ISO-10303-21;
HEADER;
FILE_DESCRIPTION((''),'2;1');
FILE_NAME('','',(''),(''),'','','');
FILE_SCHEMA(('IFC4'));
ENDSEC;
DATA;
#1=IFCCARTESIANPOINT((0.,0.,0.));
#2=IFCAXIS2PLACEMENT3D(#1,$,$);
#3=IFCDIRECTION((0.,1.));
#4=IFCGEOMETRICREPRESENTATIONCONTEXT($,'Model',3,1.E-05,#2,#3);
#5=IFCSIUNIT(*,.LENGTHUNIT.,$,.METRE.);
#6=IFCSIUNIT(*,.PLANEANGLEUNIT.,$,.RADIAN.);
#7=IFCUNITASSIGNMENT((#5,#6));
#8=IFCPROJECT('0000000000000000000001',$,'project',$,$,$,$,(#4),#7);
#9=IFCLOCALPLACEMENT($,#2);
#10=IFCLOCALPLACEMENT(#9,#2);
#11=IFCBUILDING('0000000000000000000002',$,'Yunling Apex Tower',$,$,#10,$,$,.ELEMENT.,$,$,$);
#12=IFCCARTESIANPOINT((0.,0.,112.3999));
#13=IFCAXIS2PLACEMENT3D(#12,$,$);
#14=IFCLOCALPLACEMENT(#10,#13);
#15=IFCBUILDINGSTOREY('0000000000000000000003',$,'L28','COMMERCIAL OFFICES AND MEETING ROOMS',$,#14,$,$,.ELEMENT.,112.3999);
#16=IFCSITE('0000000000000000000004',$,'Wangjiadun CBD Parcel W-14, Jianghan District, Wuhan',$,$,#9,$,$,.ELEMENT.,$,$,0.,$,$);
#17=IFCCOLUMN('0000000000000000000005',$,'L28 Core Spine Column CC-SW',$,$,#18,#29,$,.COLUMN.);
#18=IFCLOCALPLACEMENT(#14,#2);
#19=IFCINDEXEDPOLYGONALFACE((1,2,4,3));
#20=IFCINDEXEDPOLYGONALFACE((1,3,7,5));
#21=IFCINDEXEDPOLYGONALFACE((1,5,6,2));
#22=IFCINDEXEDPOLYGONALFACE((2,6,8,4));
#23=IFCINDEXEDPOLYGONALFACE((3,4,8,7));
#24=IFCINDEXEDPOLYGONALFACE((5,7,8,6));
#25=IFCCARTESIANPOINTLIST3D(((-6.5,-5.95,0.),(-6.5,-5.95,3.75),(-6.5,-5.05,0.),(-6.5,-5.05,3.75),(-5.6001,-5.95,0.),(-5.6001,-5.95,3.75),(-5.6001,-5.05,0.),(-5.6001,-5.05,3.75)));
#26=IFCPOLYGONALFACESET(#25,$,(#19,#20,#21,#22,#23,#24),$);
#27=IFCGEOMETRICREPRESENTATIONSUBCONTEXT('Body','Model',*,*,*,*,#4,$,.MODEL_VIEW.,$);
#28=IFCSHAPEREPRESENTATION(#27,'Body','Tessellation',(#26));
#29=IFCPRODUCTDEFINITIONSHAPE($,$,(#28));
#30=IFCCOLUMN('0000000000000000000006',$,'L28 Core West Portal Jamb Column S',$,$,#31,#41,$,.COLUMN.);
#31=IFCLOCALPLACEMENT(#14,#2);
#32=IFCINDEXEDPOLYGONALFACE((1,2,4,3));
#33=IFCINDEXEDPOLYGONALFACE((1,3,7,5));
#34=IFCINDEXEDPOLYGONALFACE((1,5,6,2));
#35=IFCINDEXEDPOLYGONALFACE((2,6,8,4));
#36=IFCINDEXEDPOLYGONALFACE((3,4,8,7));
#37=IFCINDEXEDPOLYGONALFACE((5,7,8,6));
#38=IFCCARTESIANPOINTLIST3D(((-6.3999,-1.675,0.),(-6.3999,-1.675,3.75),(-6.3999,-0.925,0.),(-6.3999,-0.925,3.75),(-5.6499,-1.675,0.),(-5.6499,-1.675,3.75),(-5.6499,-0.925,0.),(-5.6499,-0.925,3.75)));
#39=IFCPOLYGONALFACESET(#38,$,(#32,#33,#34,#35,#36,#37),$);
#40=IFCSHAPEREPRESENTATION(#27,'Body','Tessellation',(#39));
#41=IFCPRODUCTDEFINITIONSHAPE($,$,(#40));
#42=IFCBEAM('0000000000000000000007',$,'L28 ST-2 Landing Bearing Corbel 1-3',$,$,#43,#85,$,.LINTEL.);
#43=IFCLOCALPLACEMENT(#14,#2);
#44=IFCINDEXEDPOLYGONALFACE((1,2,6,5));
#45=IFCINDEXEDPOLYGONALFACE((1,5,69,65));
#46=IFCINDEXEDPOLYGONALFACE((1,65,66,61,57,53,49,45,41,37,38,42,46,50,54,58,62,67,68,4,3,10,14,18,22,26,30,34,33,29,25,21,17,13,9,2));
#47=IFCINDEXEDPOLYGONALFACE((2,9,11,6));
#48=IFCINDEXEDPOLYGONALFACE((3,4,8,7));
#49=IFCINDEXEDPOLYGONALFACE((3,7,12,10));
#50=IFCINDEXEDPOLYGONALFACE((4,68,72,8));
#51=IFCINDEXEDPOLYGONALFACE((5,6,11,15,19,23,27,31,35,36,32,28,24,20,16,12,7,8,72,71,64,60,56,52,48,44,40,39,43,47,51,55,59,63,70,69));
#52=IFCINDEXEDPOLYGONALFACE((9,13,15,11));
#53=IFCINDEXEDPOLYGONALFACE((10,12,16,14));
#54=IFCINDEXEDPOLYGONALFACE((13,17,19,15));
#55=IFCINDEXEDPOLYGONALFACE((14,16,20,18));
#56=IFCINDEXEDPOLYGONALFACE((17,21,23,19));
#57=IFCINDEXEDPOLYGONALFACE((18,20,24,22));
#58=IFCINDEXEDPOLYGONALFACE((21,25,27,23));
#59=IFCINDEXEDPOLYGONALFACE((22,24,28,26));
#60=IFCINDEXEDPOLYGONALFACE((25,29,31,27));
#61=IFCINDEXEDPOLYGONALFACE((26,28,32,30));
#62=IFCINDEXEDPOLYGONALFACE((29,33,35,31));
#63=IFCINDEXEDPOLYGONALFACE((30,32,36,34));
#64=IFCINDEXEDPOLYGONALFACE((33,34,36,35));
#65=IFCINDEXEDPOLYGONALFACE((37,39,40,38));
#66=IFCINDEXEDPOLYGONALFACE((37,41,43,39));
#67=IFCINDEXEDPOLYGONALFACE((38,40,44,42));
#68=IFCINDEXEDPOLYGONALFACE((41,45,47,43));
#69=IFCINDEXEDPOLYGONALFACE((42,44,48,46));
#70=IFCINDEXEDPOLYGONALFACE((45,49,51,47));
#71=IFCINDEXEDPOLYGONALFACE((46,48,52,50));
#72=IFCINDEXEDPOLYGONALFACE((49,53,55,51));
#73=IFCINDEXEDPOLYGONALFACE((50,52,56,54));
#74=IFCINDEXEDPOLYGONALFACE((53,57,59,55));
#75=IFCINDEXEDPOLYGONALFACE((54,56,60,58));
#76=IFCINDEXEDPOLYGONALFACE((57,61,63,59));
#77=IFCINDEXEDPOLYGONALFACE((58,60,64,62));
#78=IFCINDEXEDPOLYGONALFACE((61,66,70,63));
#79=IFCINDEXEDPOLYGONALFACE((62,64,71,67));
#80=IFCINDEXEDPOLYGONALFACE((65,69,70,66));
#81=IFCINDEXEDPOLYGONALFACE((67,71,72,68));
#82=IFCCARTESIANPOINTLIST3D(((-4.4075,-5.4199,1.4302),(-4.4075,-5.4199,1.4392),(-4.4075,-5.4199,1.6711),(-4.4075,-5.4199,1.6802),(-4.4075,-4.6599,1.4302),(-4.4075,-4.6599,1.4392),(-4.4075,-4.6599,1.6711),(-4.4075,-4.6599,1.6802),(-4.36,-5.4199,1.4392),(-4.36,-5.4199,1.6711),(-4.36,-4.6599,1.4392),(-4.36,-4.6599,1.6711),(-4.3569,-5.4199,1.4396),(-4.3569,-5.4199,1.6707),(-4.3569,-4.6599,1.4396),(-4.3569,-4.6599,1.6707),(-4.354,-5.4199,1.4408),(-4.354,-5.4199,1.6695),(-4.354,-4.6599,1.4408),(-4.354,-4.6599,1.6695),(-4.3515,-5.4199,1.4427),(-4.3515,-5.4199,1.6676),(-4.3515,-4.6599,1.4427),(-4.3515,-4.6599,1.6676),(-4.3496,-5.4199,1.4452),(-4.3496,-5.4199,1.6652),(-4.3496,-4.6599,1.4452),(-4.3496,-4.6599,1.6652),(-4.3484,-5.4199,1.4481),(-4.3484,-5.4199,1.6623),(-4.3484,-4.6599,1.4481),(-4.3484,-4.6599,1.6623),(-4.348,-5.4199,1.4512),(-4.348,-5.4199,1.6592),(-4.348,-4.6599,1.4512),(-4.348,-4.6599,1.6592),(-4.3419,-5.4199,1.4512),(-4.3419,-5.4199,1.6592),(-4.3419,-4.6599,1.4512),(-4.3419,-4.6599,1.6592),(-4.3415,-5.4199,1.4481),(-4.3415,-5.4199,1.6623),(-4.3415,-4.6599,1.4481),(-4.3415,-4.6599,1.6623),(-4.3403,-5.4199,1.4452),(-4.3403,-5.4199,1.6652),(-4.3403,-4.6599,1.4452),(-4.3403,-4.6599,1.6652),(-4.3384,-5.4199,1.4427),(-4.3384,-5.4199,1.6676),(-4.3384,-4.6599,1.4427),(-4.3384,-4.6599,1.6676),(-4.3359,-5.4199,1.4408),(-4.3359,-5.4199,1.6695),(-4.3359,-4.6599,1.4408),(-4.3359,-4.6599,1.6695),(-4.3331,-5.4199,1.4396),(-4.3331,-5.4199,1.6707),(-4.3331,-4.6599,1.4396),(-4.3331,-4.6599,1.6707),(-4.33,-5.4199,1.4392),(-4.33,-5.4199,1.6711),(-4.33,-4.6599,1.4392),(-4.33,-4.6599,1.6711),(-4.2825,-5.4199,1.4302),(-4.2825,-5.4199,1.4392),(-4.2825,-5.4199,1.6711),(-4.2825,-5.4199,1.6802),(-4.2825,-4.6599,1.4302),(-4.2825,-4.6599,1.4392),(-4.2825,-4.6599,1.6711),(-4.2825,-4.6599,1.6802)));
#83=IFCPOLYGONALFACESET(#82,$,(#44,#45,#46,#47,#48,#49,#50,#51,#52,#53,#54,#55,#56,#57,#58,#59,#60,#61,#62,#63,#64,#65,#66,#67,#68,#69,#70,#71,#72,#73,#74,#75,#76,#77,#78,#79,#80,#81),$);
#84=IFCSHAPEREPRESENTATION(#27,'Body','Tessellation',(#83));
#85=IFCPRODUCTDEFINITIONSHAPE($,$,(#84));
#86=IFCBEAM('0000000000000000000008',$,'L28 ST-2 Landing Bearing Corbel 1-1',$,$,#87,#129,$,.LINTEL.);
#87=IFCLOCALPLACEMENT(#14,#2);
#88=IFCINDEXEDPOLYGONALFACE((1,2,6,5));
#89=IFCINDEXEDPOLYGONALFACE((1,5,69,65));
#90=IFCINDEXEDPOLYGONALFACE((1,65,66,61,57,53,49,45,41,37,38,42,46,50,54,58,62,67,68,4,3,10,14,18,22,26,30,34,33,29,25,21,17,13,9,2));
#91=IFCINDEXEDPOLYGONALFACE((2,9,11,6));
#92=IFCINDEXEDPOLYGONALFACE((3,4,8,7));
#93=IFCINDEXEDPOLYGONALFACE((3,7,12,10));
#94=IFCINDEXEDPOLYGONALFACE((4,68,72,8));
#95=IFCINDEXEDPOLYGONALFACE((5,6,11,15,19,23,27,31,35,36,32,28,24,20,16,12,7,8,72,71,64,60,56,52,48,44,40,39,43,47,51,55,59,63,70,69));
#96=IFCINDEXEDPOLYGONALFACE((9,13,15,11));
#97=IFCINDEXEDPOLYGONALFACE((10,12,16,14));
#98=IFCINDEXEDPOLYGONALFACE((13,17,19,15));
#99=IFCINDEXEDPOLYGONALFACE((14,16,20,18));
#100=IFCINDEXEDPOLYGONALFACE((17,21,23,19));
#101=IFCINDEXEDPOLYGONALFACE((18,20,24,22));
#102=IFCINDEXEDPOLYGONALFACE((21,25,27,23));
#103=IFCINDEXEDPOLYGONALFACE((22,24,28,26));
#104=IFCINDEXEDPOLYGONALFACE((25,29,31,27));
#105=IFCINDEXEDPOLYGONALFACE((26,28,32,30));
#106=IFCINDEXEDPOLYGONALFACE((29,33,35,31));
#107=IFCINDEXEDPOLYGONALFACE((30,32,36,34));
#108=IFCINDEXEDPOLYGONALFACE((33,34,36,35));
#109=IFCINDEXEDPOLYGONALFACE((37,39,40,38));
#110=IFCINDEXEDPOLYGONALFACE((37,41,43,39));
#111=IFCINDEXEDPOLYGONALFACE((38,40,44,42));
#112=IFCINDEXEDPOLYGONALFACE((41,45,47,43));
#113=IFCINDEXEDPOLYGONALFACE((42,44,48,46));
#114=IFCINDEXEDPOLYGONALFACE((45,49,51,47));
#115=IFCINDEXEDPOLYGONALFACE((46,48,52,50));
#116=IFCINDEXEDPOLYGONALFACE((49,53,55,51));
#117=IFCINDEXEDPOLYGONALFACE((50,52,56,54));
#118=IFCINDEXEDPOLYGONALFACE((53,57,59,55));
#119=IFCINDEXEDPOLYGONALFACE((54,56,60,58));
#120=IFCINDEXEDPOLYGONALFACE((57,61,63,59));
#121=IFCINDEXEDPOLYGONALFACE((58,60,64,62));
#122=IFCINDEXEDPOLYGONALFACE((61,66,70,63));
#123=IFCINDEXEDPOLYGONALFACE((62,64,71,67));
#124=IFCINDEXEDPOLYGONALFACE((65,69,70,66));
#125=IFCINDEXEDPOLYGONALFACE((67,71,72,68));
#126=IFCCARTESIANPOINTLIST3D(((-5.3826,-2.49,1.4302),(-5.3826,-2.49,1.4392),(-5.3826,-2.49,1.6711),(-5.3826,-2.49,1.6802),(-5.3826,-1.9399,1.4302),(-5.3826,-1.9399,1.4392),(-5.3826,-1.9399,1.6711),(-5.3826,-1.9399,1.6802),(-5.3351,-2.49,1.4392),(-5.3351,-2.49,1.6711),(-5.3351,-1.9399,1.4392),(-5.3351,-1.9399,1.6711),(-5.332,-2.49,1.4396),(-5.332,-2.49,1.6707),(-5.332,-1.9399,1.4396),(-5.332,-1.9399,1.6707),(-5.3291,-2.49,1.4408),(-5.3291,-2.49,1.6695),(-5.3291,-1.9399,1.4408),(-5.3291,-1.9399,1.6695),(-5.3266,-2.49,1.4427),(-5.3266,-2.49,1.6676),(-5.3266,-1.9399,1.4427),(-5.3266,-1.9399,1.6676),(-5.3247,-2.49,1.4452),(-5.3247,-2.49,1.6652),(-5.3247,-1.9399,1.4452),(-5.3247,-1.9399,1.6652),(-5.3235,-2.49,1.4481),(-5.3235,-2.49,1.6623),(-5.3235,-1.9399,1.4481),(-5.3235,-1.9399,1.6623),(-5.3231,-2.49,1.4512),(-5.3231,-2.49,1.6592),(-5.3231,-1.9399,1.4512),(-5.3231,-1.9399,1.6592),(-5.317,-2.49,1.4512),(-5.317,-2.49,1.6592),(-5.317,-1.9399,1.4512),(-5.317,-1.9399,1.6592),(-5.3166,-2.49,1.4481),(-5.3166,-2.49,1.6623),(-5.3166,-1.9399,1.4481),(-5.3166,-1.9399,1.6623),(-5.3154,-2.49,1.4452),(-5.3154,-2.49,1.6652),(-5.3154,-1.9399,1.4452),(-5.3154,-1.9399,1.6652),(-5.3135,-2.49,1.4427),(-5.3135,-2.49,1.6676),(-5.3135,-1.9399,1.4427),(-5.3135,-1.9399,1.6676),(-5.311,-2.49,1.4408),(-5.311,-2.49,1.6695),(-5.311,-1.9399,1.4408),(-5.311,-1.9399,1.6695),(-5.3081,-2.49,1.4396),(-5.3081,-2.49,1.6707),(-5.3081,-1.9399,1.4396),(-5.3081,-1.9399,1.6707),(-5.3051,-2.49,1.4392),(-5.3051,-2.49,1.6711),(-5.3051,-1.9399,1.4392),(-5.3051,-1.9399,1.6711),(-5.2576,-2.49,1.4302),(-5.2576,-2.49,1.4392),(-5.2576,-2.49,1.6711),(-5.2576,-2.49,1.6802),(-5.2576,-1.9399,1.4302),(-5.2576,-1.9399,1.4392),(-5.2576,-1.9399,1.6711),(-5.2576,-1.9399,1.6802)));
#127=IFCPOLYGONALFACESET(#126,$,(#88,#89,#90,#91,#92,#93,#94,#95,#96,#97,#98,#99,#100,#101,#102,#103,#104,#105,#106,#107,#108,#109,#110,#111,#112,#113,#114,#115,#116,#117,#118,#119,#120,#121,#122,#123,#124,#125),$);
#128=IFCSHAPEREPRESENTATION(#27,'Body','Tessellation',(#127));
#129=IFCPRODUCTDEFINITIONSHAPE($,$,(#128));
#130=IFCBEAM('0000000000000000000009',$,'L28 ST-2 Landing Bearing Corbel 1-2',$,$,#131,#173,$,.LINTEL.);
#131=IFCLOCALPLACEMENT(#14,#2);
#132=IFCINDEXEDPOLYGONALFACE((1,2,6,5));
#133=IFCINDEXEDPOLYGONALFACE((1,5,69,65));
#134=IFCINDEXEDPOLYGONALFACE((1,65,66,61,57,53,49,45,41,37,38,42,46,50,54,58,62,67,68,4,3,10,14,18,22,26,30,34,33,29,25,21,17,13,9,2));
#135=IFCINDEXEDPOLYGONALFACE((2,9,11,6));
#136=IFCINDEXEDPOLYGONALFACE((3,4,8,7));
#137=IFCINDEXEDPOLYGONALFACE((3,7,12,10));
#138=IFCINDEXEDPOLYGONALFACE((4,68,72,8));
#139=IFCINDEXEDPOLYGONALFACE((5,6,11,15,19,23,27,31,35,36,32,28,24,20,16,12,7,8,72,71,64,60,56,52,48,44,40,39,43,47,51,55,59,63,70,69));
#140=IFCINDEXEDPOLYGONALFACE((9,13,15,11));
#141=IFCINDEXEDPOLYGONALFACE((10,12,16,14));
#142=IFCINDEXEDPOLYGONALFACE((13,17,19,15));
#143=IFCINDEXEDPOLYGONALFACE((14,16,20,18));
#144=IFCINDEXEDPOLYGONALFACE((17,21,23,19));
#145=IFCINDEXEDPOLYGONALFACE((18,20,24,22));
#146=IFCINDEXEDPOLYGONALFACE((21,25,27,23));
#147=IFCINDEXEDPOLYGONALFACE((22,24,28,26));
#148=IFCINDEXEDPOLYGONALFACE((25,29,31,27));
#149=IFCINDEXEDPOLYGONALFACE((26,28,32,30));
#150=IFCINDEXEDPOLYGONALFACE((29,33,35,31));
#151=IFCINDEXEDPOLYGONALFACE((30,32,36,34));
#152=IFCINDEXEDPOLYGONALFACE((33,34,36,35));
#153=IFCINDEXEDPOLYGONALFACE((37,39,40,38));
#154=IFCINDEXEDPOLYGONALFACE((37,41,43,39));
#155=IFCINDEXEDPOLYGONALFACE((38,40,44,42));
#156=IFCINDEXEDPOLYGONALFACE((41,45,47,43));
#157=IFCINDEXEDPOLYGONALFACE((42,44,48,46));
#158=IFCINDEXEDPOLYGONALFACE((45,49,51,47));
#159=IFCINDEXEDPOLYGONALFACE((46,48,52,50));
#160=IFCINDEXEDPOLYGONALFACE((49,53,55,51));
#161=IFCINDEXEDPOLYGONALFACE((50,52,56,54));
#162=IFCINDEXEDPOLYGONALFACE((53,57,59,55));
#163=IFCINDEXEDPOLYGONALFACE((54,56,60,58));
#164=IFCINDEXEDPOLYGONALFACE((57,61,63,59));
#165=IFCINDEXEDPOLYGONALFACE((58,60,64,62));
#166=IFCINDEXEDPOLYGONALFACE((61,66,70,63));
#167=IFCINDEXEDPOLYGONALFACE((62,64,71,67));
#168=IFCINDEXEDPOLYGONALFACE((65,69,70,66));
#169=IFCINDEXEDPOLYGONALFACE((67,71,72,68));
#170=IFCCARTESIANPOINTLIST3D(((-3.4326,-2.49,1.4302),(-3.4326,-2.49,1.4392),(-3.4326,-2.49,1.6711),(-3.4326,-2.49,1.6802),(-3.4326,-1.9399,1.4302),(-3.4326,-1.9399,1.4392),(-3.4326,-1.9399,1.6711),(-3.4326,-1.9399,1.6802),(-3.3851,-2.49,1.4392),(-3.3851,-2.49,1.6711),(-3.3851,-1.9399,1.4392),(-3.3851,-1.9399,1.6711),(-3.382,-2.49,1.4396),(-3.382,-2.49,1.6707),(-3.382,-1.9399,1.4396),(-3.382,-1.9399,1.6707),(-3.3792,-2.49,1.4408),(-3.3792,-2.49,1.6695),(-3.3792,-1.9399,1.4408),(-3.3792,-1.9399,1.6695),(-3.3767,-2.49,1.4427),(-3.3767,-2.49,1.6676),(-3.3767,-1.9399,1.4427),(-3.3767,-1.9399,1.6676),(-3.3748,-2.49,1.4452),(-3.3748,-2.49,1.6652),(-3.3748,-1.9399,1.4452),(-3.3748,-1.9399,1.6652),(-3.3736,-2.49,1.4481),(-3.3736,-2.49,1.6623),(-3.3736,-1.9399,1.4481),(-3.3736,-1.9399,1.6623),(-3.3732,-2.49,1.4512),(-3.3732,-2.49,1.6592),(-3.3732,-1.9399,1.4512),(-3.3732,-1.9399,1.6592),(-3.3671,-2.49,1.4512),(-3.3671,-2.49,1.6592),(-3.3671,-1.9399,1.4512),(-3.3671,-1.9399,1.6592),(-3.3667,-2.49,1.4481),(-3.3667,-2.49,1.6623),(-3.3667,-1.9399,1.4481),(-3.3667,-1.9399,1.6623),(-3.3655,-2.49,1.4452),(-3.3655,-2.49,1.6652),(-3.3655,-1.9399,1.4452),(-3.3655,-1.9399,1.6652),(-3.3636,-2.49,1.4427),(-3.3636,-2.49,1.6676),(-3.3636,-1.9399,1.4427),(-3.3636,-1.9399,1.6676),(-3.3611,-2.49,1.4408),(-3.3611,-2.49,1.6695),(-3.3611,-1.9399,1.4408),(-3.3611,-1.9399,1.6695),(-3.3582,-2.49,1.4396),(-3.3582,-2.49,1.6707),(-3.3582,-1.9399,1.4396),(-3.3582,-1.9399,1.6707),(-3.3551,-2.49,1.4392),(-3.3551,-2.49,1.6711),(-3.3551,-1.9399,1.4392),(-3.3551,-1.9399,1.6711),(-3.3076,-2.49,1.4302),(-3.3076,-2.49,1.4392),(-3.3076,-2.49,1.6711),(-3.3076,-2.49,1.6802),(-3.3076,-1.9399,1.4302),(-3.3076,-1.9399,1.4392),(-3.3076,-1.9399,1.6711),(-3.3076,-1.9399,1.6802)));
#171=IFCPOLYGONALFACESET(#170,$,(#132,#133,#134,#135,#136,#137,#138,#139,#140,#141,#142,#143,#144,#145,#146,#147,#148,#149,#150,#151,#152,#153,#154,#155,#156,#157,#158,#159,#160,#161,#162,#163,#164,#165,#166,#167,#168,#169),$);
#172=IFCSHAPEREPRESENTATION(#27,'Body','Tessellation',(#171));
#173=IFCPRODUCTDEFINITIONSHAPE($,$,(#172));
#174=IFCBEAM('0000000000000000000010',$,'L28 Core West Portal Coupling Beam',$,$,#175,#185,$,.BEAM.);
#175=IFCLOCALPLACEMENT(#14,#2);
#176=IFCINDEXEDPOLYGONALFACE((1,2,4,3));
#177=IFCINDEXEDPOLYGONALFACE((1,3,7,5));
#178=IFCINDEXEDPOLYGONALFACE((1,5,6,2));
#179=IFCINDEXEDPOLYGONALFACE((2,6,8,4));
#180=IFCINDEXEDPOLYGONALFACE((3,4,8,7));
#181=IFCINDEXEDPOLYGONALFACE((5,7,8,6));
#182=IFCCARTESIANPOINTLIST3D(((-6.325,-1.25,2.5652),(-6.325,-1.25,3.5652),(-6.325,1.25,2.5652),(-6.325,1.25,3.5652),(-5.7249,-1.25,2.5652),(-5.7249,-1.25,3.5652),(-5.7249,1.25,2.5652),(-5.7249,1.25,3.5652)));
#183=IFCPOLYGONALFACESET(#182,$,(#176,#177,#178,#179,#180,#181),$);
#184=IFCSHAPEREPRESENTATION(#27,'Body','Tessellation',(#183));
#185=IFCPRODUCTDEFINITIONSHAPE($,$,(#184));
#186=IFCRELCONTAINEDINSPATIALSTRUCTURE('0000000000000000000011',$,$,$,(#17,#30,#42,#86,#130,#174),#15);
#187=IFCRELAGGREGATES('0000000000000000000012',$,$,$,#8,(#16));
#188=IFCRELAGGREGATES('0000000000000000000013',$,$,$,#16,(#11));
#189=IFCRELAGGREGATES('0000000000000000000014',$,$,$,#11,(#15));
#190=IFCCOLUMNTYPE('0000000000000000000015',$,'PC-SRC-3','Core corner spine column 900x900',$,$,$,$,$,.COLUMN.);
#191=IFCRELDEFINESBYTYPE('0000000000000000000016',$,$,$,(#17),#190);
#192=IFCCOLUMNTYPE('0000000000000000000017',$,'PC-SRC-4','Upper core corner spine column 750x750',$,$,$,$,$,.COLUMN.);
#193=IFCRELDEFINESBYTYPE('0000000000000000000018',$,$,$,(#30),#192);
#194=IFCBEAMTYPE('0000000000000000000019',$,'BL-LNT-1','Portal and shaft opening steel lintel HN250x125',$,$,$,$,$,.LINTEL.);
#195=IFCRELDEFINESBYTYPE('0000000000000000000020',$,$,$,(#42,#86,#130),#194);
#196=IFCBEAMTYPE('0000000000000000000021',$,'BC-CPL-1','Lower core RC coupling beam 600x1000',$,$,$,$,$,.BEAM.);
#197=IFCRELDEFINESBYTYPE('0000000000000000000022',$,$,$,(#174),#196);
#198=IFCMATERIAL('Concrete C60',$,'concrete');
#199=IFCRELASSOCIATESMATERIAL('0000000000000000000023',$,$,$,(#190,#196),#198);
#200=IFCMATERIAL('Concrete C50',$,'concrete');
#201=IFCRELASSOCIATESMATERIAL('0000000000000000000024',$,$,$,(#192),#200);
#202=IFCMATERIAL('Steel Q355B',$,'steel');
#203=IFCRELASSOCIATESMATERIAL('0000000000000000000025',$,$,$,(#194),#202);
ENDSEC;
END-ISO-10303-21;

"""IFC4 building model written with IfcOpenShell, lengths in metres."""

from ifc_helpers import new_model, si_unit, direction, frame, origin, origin_2d, place, context, subcontext, project, spatial, rectangle, i_section, extrude, source, transform, mapped, material, material_profile, profile_set, type_object, element, save


model = new_model("IFC4")

# Units and contexts
model_context = context("Model", 3, precision=1e-05, world=origin(), true_north=direction((0.0, 1.0)))
body_context = subcontext(model_context, "Body", "Model", "MODEL_VIEW")
ifc_project = project(units=[si_unit("LENGTHUNIT", "METRE"), si_unit("PLANEANGLEUNIT", "RADIAN")], contexts=[model_context])

# Site, building, storey
site_placement = place(None, origin())
site = spatial("IfcSite", under=ifc_project, at=site_placement, Name="Wangjiadun CBD Parcel W-14, Jianghan District, Wuhan", CompositionType="ELEMENT", RefElevation=0.0)
building_placement = place(site_placement, origin())
building = spatial("IfcBuilding", under=site, at=building_placement, Name="Yunling Apex Tower", CompositionType="ELEMENT")
storey_placement = place(building_placement, frame((0.0, 0.0, 112.3999)))
storey = spatial("IfcBuildingStorey", under=building, at=storey_placement, Name="L28", Description="COMMERCIAL OFFICES AND MEETING ROOMS", CompositionType="ELEMENT", Elevation=112.3999)

# Columns
ifc_material_1 = material(Name="Concrete C60", Category="concrete")
ifc_material_profile_1 = material_profile(ifc_material_1, rectangle(XDim=0.8999, YDim=0.8999, at=origin_2d()))
ifc_profile_set_1 = profile_set([ifc_material_profile_1], Name="Concrete C60")
column_type_1 = type_object("IfcColumnType", Name="PC-SRC-3", Description="Core corner spine column 900x900", PredefinedType="COLUMN", material=ifc_profile_set_1)
shared_shape_1 = source(origin(), body_context, "Body", "SweptSolid", [
    extrude(rectangle(XDim=0.8999, YDim=0.8999, at=origin_2d()), origin(), (0.0, 0.0, 1.0), 3.75),
])
column_1_placement = place(storey_placement, frame((-6.05, -5.5, 0.0), z_axis=(0.0, 0.0, 1.0), x_axis=(1.0, 0.0, 0.0)))
element("IfcColumn", 1, at=column_1_placement, inside=storey, type_object=column_type_1, Name="L28 Core Spine Column CC-SW", PredefinedType="COLUMN", context=body_context, shape_type="MappedRepresentation", body=[
    mapped(shared_shape_1, transform((0.0, 0.0, 0.0), scale=1.0)),
])
ifc_material_2 = material(Name="Concrete C50", Category="concrete")
ifc_material_profile_2 = material_profile(ifc_material_2, rectangle(XDim=0.75, YDim=0.75, at=origin_2d()))
ifc_profile_set_2 = profile_set([ifc_material_profile_2], Name="Concrete C50")
column_type_2 = type_object("IfcColumnType", Name="PC-SRC-4", Description="Upper core corner spine column 750x750", PredefinedType="COLUMN", material=ifc_profile_set_2)
shared_shape_2 = source(origin(), body_context, "Body", "SweptSolid", [
    extrude(rectangle(XDim=0.75, YDim=0.75, at=origin_2d()), origin(), (0.0, 0.0, 1.0), 3.75),
])
column_2_placement = place(storey_placement, frame((-6.0249, -1.3, 0.0), z_axis=(0.0, 0.0, 1.0), x_axis=(1.0, 0.0, 0.0)))
element("IfcColumn", 2, at=column_2_placement, inside=storey, type_object=column_type_2, Name="L28 Core West Portal Jamb Column S", PredefinedType="COLUMN", context=body_context, shape_type="MappedRepresentation", body=[
    mapped(shared_shape_2, transform((0.0, 0.0, 0.0), scale=1.0)),
])

# Beams
ifc_material_3 = material(Name="Steel Q355B", Category="steel")
ifc_material_profile_3 = material_profile(ifc_material_3, i_section(OverallWidth=0.125, OverallDepth=0.25, WebThickness=0.0061, FlangeThickness=0.009, FilletRadius=0.012, at=origin_2d()))
ifc_profile_set_3 = profile_set([ifc_material_profile_3], Name="Steel Q355B")
beam_type_1 = type_object("IfcBeamType", Name="BL-LNT-1", Description="Portal and shaft opening steel lintel HN250x125", PredefinedType="LINTEL", material=ifc_profile_set_3)
shared_shape_3 = source(origin(), body_context, "Body", "SweptSolid", [
    extrude(i_section(OverallWidth=0.125, OverallDepth=0.25, WebThickness=0.0061, FlangeThickness=0.009, FilletRadius=0.012, at=origin_2d()), origin(), (0.0, 0.0, 1.0), 0.76),
])
beam_1_placement = place(storey_placement, frame((-4.345, -5.4199, 1.5552), z_axis=(0.0, 1.0, 0.0), x_axis=(-1.0, 0.0, 0.0)))
element("IfcBeam", 3, at=beam_1_placement, inside=storey, type_object=beam_type_1, Name="L28 ST-2 Landing Bearing Corbel 1-3", PredefinedType="LINTEL", context=body_context, shape_type="MappedRepresentation", body=[
    mapped(shared_shape_3, transform((0.0, 0.0, 0.0), scale=1.0)),
])
shared_shape_4 = source(origin(), body_context, "Body", "SweptSolid", [
    extrude(i_section(OverallWidth=0.125, OverallDepth=0.25, WebThickness=0.0061, FlangeThickness=0.009, FilletRadius=0.012, at=origin_2d()), origin(), (0.0, 0.0, 1.0), 0.55),
])
for number, where, z_axis, x_axis, name in (
    (4, (-5.3201, -1.9399, 1.5552), (0.0, -1.0, 0.0), (1.0, 0.0, 0.0), "L28 ST-2 Landing Bearing Corbel 1-1"),
    (5, (-3.3701, -1.9399, 1.5552), (0.0, -1.0, 0.0), (1.0, 0.0, 0.0), "L28 ST-2 Landing Bearing Corbel 1-2"),
):
    element("IfcBeam", number, at=place(storey_placement, frame(where, z_axis=z_axis, x_axis=x_axis)), inside=storey, type_object=beam_type_1, Name=name, PredefinedType="LINTEL", context=body_context, shape_type="MappedRepresentation", body=[
        mapped(shared_shape_4, transform((0.0, 0.0, 0.0), scale=1.0)),
    ])
ifc_material_profile_4 = material_profile(ifc_material_1, rectangle(XDim=0.6001, YDim=1.0, at=origin_2d()))
ifc_profile_set_4 = profile_set([ifc_material_profile_4], Name="Concrete C60")
beam_type_2 = type_object("IfcBeamType", Name="BC-CPL-1", Description="Lower core RC coupling beam 600x1000", PredefinedType="BEAM", material=ifc_profile_set_4)
shared_shape_5 = source(origin(), body_context, "Body", "SweptSolid", [
    extrude(rectangle(XDim=0.6001, YDim=1.0, at=origin_2d()), origin(), (0.0, 0.0, 1.0), 2.5),
])
beam_2_placement = place(storey_placement, frame((-6.0249, -1.25, 3.0652), z_axis=(0.0, 1.0, 0.0), x_axis=(-1.0, 0.0, 0.0)))
element("IfcBeam", 6, at=beam_2_placement, inside=storey, type_object=beam_type_2, Name="L28 Core West Portal Coupling Beam", PredefinedType="BEAM", context=body_context, shape_type="MappedRepresentation", body=[
    mapped(shared_shape_5, transform((0.0, 0.0, 0.0), scale=1.0)),
])

save(model, "model.ifc")
